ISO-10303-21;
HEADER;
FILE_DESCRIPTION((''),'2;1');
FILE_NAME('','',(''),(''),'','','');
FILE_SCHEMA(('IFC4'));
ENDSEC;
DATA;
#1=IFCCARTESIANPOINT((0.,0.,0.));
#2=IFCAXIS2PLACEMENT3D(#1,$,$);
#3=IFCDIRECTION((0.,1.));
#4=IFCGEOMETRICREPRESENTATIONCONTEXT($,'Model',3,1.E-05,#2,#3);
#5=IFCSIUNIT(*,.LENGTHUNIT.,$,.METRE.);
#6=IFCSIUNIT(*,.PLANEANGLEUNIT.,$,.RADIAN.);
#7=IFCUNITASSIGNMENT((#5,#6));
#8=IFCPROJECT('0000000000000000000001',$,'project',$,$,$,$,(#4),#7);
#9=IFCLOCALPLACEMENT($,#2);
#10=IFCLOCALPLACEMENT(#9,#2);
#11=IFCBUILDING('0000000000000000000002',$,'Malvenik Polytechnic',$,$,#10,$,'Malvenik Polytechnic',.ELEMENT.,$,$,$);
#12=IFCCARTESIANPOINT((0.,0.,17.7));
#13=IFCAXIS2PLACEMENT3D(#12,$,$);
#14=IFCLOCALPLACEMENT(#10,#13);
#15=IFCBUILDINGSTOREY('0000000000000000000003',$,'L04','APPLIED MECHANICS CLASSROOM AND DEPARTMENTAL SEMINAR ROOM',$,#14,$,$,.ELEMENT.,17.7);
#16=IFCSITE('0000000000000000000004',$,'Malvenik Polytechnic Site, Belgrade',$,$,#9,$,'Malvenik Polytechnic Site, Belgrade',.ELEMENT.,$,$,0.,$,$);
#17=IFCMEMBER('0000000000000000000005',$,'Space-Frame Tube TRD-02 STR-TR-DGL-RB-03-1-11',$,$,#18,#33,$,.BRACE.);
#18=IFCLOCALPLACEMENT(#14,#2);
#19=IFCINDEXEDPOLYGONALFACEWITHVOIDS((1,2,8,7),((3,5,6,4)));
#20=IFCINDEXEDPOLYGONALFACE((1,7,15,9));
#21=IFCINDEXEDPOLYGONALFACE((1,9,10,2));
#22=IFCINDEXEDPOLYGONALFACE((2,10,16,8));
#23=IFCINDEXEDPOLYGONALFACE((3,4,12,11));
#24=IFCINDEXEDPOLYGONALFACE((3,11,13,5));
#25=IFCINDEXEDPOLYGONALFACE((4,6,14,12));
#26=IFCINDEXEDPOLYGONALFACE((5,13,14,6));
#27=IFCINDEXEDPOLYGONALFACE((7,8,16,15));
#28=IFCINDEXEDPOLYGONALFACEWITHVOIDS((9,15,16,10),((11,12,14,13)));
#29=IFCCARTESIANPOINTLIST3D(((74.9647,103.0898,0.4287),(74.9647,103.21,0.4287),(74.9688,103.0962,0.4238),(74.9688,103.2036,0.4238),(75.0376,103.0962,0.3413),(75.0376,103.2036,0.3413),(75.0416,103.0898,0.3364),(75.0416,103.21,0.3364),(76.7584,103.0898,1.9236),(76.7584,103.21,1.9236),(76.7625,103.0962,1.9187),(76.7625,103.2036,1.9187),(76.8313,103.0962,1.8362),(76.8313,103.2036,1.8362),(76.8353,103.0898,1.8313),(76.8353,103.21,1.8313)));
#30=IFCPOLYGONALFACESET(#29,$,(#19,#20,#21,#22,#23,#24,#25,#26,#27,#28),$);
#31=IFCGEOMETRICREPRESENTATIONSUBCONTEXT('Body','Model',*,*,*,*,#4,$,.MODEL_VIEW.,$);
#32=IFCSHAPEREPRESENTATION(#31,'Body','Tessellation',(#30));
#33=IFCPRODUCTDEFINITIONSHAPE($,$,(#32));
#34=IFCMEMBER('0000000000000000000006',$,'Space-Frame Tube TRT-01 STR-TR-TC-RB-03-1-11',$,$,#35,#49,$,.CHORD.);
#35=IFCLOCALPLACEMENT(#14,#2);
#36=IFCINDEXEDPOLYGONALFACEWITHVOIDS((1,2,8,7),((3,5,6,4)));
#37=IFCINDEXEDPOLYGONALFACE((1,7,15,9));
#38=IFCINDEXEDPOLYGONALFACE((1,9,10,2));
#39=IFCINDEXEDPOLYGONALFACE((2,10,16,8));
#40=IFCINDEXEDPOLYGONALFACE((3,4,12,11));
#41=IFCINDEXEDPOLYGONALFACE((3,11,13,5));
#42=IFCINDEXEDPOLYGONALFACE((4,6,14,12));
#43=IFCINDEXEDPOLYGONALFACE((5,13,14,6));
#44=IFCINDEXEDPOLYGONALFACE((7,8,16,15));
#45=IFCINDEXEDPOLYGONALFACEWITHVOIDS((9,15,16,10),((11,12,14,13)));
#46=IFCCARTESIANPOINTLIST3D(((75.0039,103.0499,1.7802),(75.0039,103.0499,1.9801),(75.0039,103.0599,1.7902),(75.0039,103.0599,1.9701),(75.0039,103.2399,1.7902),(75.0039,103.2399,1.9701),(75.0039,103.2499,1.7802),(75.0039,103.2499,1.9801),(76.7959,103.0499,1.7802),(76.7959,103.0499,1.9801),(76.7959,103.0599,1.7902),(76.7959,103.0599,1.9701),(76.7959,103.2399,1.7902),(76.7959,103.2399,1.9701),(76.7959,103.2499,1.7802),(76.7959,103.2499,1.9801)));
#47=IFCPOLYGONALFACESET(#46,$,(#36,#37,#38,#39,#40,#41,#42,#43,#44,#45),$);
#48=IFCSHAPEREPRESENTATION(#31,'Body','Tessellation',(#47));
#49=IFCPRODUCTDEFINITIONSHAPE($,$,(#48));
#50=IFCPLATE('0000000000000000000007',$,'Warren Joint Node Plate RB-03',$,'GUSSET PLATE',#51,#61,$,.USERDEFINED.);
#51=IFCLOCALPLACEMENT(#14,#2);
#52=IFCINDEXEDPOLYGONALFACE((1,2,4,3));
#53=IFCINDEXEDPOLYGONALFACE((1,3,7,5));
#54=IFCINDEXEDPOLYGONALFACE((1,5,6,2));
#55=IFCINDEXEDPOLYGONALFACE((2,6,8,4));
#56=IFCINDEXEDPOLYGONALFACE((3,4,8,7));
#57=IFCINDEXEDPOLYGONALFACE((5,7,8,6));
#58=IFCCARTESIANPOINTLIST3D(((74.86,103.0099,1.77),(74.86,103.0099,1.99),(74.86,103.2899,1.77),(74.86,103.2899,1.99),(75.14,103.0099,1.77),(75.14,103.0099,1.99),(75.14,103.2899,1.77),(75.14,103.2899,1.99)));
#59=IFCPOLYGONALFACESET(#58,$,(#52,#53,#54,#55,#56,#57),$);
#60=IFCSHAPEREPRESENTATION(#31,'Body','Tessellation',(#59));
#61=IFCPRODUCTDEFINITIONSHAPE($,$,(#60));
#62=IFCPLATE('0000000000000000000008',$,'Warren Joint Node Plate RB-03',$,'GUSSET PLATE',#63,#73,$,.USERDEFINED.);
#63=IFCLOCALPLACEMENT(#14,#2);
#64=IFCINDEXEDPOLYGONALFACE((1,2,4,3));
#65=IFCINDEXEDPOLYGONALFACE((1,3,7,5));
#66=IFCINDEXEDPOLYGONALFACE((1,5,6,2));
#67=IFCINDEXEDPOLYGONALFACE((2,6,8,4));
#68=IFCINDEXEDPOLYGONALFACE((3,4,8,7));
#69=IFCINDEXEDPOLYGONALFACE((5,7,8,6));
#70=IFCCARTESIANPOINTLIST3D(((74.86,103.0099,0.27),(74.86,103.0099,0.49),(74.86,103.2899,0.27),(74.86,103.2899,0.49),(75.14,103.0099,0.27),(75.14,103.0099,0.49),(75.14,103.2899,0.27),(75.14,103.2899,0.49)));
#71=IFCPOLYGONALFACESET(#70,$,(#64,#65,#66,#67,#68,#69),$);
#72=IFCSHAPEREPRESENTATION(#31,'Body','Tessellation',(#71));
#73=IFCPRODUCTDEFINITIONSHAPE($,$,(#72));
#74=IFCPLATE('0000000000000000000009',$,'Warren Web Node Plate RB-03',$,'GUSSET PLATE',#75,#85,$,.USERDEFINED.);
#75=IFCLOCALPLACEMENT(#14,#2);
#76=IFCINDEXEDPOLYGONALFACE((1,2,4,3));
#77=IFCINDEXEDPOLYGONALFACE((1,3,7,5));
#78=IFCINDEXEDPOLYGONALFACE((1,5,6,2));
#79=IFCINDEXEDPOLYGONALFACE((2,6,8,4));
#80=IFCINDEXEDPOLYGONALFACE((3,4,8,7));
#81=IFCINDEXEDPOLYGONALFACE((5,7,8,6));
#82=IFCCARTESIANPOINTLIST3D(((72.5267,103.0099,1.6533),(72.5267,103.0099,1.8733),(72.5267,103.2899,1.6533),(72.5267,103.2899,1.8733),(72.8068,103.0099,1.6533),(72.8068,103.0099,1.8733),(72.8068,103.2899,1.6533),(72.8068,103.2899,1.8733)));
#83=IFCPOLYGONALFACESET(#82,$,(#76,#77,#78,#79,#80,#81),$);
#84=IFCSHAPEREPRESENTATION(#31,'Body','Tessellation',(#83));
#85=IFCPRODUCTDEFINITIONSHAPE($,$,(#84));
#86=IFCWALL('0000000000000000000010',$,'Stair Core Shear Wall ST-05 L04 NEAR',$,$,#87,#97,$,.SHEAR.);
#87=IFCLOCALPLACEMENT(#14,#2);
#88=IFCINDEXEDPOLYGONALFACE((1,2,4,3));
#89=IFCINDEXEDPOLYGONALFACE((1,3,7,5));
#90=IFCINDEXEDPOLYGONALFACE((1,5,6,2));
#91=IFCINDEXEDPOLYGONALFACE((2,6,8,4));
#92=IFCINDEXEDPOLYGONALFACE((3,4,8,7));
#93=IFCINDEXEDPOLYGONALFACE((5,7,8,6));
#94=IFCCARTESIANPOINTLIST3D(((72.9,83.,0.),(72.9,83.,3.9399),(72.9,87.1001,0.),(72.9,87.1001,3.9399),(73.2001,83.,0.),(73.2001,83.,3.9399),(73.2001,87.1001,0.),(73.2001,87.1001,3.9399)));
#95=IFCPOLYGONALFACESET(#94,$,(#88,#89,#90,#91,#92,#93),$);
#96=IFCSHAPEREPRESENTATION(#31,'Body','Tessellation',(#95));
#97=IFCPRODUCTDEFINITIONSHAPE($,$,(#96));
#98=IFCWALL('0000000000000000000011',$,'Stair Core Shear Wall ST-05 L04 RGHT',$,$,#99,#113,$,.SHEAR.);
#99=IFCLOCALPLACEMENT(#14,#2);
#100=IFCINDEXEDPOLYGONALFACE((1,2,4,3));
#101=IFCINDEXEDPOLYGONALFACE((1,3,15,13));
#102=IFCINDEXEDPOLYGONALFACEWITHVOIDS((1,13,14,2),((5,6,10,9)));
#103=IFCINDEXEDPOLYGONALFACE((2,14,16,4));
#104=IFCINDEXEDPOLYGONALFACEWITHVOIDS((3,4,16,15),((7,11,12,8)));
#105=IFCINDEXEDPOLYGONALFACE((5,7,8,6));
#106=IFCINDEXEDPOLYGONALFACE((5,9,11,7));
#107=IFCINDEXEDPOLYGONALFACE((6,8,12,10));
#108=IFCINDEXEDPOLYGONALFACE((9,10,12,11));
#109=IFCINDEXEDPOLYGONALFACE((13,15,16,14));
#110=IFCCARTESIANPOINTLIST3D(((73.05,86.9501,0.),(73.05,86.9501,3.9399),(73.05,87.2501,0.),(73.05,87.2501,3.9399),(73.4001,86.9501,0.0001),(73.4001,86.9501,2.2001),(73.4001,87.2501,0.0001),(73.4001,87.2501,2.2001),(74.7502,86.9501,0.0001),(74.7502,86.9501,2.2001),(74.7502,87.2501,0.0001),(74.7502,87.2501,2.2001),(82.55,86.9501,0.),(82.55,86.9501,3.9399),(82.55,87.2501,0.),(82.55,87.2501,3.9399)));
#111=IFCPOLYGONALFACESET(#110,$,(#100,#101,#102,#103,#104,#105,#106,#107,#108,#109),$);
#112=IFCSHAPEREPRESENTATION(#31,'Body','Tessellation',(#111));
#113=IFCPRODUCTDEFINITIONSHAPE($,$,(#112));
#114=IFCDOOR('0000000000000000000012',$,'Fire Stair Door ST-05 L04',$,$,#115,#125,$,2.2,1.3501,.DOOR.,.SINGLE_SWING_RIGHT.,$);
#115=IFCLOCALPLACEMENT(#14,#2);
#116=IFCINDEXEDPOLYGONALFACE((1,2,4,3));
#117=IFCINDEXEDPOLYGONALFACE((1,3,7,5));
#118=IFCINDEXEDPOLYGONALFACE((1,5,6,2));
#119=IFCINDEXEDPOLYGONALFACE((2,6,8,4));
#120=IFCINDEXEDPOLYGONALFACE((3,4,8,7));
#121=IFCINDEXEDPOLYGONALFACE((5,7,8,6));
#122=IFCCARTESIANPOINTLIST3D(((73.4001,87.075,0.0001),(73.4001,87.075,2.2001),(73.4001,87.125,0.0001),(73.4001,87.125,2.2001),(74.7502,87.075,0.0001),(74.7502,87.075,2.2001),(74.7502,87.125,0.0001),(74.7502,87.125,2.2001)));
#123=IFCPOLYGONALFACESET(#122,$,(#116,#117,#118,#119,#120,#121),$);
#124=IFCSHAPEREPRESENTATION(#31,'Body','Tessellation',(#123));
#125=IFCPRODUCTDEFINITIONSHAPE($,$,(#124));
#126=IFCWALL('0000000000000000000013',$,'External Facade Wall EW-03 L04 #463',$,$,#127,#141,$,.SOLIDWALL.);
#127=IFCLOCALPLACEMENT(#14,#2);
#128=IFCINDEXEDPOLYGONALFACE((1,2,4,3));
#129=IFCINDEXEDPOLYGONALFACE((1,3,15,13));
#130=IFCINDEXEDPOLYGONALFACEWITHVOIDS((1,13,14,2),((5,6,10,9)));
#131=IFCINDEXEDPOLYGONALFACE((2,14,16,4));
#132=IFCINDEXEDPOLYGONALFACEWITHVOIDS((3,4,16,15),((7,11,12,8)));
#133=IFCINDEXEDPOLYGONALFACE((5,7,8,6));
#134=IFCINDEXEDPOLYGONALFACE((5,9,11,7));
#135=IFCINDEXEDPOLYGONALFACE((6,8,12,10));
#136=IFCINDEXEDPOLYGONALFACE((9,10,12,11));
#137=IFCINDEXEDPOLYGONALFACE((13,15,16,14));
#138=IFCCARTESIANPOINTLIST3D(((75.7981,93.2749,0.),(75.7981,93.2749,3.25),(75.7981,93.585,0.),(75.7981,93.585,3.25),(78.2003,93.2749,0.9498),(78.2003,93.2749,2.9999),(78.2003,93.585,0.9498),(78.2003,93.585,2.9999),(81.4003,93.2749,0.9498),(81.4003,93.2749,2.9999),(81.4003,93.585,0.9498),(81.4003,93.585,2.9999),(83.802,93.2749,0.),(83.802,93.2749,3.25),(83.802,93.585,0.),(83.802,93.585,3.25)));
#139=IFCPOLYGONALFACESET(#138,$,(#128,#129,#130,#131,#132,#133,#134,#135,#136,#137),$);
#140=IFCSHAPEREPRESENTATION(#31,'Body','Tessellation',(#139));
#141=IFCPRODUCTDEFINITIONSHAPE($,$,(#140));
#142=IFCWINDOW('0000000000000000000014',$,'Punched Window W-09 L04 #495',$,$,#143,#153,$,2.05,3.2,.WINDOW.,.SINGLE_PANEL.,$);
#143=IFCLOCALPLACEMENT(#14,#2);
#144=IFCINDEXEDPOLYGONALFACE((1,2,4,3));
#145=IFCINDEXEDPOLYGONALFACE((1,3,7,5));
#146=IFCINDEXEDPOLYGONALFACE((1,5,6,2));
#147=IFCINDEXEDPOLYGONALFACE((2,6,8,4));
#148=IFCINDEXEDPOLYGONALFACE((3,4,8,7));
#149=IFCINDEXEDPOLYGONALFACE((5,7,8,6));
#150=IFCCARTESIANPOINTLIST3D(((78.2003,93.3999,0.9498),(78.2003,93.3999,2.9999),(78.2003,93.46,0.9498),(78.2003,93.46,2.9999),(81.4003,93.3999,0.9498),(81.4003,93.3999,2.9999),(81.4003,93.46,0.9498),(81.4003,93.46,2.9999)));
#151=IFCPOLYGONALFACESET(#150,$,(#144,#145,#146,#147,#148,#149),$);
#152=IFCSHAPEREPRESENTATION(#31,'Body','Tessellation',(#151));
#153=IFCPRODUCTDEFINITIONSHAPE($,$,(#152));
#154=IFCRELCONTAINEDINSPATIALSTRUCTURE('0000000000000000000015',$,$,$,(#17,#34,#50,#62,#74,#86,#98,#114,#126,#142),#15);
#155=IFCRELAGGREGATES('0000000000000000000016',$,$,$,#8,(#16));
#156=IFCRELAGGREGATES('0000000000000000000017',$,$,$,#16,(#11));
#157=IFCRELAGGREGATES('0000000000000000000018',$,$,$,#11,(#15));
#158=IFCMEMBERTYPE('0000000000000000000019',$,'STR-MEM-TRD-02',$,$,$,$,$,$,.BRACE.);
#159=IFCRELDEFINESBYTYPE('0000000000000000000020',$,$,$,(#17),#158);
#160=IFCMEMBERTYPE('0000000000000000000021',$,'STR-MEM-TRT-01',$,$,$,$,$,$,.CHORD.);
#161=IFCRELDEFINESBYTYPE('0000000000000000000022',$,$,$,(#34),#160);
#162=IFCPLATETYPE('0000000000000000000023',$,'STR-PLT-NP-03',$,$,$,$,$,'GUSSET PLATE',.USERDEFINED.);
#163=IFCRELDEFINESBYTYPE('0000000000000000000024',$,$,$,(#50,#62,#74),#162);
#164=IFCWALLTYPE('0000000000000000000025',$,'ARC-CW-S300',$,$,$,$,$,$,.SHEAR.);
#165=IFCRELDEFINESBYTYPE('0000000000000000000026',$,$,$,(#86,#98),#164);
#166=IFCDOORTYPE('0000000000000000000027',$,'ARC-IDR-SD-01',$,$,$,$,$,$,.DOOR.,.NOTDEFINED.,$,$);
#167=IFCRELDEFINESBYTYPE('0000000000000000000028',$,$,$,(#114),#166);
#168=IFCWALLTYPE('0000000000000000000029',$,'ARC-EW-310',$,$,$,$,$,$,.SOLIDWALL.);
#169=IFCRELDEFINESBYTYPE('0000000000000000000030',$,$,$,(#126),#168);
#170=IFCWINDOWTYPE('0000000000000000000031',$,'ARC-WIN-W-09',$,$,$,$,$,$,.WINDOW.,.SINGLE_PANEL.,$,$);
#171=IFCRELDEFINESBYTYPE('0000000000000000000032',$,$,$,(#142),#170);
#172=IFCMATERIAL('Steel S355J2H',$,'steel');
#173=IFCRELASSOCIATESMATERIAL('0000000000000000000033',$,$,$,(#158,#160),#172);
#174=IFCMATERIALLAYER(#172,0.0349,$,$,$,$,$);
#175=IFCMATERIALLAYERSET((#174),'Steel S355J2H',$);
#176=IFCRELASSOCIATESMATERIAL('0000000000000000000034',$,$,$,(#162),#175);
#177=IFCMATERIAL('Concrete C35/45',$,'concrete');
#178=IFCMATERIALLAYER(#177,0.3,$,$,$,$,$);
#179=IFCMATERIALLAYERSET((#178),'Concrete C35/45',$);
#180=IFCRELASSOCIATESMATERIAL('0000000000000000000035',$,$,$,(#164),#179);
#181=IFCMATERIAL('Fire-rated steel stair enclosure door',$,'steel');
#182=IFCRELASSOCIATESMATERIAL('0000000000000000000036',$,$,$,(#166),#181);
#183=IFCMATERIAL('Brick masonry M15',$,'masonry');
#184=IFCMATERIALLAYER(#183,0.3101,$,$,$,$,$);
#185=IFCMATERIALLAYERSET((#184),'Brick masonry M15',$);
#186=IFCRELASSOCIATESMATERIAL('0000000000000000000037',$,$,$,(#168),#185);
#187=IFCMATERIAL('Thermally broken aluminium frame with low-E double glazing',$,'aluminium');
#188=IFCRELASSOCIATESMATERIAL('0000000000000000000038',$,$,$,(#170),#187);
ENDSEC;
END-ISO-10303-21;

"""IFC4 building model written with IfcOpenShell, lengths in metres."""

from ifc_helpers import new_model, si_unit, direction, frame, frame_2d, origin, origin_2d, place, context, subcontext, project, spatial, rectangle, hollow_rectangle, extrude, material, layer, layer_set, material_profile, profile_set, type_object, element, fill, save


model = new_model("IFC4")

# Units and contexts
model_context = context("Model", 3, precision=1e-05, world=origin(), true_north=direction((0.0, 1.0)))
body_context = subcontext(model_context, "Body", "Model", "MODEL_VIEW")
ifc_project = project(units=[si_unit("LENGTHUNIT", "METRE"), si_unit("PLANEANGLEUNIT", "RADIAN")], contexts=[model_context])

# Site, building, storey
site_placement = place(None, origin())
site = spatial("IfcSite", under=ifc_project, at=site_placement, Name="Malvenik Polytechnic Site, Belgrade", LongName="Malvenik Polytechnic Site, Belgrade", CompositionType="ELEMENT", RefElevation=0.0)
building_placement = place(site_placement, origin())
building = spatial("IfcBuilding", under=site, at=building_placement, Name="Malvenik Polytechnic", LongName="Malvenik Polytechnic", CompositionType="ELEMENT")
storey_placement = place(building_placement, frame((0.0, 0.0, 17.7)))
storey = spatial("IfcBuildingStorey", under=building, at=storey_placement, Name="L04", Description="APPLIED MECHANICS CLASSROOM AND DEPARTMENTAL SEMINAR ROOM", CompositionType="ELEMENT", Elevation=17.7)

# Shared definitions
ifc_material_1 = material(Name="Steel S355J2H", Category="steel")

# Members
ifc_material_profile_1 = material_profile(ifc_material_1, hollow_rectangle(XDim=0.1201, YDim=0.1201, WallThickness=0.0063, at=origin_2d()), Name="SHS 120x120x6.3")
ifc_profile_set_1 = profile_set([ifc_material_profile_1], Name="Steel S355J2H")
member_type_1 = type_object("IfcMemberType", Name="STR-MEM-TRD-02", PredefinedType="BRACE", material=ifc_profile_set_1)
member_1_placement = place(storey_placement, frame((75.0032, 103.1499, 0.3826), z_axis=(0.768196, 0.0, 0.640215), x_axis=(0.0, 1.0, 0.0)))
element("IfcMember", 1, at=member_1_placement, inside=storey, type_object=member_type_1, Name="Space-Frame Tube TRD-02 STR-TR-DGL-RB-03-1-11", PredefinedType="BRACE", context=body_context, shape_type="SweptSolid", body=[
    extrude(hollow_rectangle(XDim=0.1201, YDim=0.1201, WallThickness=0.0063, at=origin_2d()), origin(), (0.0, 0.0, 1.0), 2.335),
])
ifc_material_profile_2 = material_profile(ifc_material_1, hollow_rectangle(XDim=0.2, YDim=0.2, WallThickness=0.01, at=origin_2d()), Name="SHS 200x200x10.0")
ifc_profile_set_2 = profile_set([ifc_material_profile_2], Name="Steel S355J2H")
member_type_2 = type_object("IfcMemberType", Name="STR-MEM-TRT-01", PredefinedType="CHORD", material=ifc_profile_set_2)
member_2_placement = place(storey_placement, frame((75.0039, 103.1499, 1.8801), z_axis=(1.0, 0.0, 0.0), x_axis=(0.0, 1.0, 0.0)))
element("IfcMember", 2, at=member_2_placement, inside=storey, type_object=member_type_2, Name="Space-Frame Tube TRT-01 STR-TR-TC-RB-03-1-11", PredefinedType="CHORD", context=body_context, shape_type="SweptSolid", body=[
    extrude(hollow_rectangle(XDim=0.2, YDim=0.2, WallThickness=0.01, at=origin_2d()), origin(), (0.0, 0.0, 1.0), 1.792),
])

# Plates
ifc_layer_1 = layer(ifc_material_1, 0.0349)
ifc_layer_set_1 = layer_set([ifc_layer_1], Name="Steel S355J2H")
plate_type = type_object("IfcPlateType", Name="STR-PLT-NP-03", ElementType="GUSSET PLATE", PredefinedType="USERDEFINED", material=ifc_layer_set_1)
for number, where, z_axis, x_axis, name in (
    (3, (75.0, 103.1499, 1.77), (0.0, 0.0, 1.0), (1.0, 0.0, 0.0), "Warren Joint Node Plate RB-03"),
    (4, (75.0, 103.1499, 0.27), (0.0, 0.0, 1.0), (1.0, 0.0, 0.0), "Warren Joint Node Plate RB-03"),
    (5, (72.6667, 103.1499, 1.6533), (0.0, 0.0, 1.0), (1.0, 0.0, 0.0), "Warren Web Node Plate RB-03"),
):
    element("IfcPlate", number, at=place(storey_placement, frame(where, z_axis=z_axis, x_axis=x_axis)), inside=storey, type_object=plate_type, Name=name, ObjectType="GUSSET PLATE", PredefinedType="USERDEFINED", context=body_context, shape_type="SweptSolid", body=[
        extrude(rectangle(XDim=0.28, YDim=0.28, at=origin_2d()), origin(), (0.0, 0.0, 1.0), 0.22),
    ])

# Wall
ifc_material_2 = material(Name="Concrete C35/45", Category="concrete")
ifc_layer_2 = layer(ifc_material_2, 0.3)
ifc_layer_set_2 = layer_set([ifc_layer_2], Name="Concrete C35/45")
wall_type_1 = type_object("IfcWallType", Name="ARC-CW-S300", PredefinedType="SHEAR", material=ifc_layer_set_2)
wall_1_placement = place(storey_placement, frame((73.05, 83.0, 0.0), z_axis=(0.0, 0.0, 1.0), x_axis=(0.0, 1.0, 0.0)))
element("IfcWall", 6, at=wall_1_placement, inside=storey, type_object=wall_type_1, Name="Stair Core Shear Wall ST-05 L04 NEAR", PredefinedType="SHEAR", context=body_context, shape_type="SweptSolid", body=[
    extrude(rectangle(XDim=4.1001, YDim=0.3, at=frame_2d((2.05, 0.0))), origin(), (0.0, 0.0, 1.0), 3.9399),
])

# Wall, opening, door
wall_2_placement = place(storey_placement, frame((73.05, 87.1001, 0.0), z_axis=(0.0, 0.0, 1.0), x_axis=(1.0, 0.0, 0.0)))
wall_2 = element("IfcWall", 7, at=wall_2_placement, inside=storey, type_object=wall_type_1, Name="Stair Core Shear Wall ST-05 L04 RGHT", PredefinedType="SHEAR", context=body_context, shape_type="SweptSolid", body=[
    extrude(rectangle(XDim=9.5, YDim=0.3, at=frame_2d((4.75, 0.0))), origin(), (0.0, 0.0, 1.0), 3.9399),
])
opening_1_placement = place(wall_2_placement, frame((0.3501, 0.0, 0.0)))
opening_1 = element("IfcOpeningElement", 8, at=opening_1_placement, cuts=wall_2, PredefinedType="OPENING", context=body_context, shape_type="SweptSolid", body=[
    extrude(rectangle(XDim=1.3501, YDim=2.2, at=frame_2d((0.675, 1.1001))), frame((0.0, 0.1602, 0.0), z_axis=(0.0, -1.0, 0.0), x_axis=(1.0, 0.0, 0.0)), (0.0, 0.0, 1.0), 0.3201),
])
ifc_material_3 = material(Name="Fire-rated steel stair enclosure door", Category="steel")
door_type_1 = type_object("IfcDoorType", Name="ARC-IDR-SD-01", OperationType="NOTDEFINED", PredefinedType="DOOR", material=ifc_material_3)
door_1_placement = place(opening_1_placement, origin())
door_1 = element("IfcDoor", 9, at=door_1_placement, inside=storey, type_object=door_type_1, Name="Fire Stair Door ST-05 L04", OperationType="SINGLE_SWING_RIGHT", OverallHeight=2.2, OverallWidth=1.3501, PredefinedType="DOOR", context=body_context, shape_type="SweptSolid", body=[
    extrude(rectangle(XDim=1.3501, YDim=2.2, at=frame_2d((0.675, 1.1001))), frame((0.0, 0.0249, 0.0), z_axis=(0.0, -1.0, 0.0), x_axis=(1.0, 0.0, 0.0)), (0.0, 0.0, 1.0), 0.05),
])
fill(opening_1, door_1)

# Wall, opening, window
ifc_material_4 = material(Name="Brick masonry M15", Category="masonry")
ifc_layer_3 = layer(ifc_material_4, 0.3101)
ifc_layer_set_3 = layer_set([ifc_layer_3], Name="Brick masonry M15")
wall_type_2 = type_object("IfcWallType", Name="ARC-EW-310", PredefinedType="SOLIDWALL", material=ifc_layer_set_3)
wall_3_placement = place(storey_placement, frame((75.7981, 93.4299, 0.0), z_axis=(0.0, 0.0, 1.0), x_axis=(1.0, 0.0, 0.0)))
wall_3 = element("IfcWall", 10, at=wall_3_placement, inside=storey, type_object=wall_type_2, Name="External Facade Wall EW-03 L04 #463", PredefinedType="SOLIDWALL", context=body_context, shape_type="SweptSolid", body=[
    extrude(rectangle(XDim=8.0039, YDim=0.3101, at=frame_2d((4.002, 0.0))), origin(), (0.0, 0.0, 1.0), 3.25),
])
opening_2_placement = place(wall_3_placement, frame((2.4021, 0.0, 0.95)))
opening_2 = element("IfcOpeningElement", 11, at=opening_2_placement, cuts=wall_3, PredefinedType="OPENING", context=body_context, shape_type="SweptSolid", body=[
    extrude(rectangle(XDim=3.2, YDim=2.05, at=frame_2d((1.6001, 1.0249))), frame((0.0, 0.165, 0.0), z_axis=(0.0, -1.0, 0.0), x_axis=(1.0, 0.0, 0.0)), (0.0, 0.0, 1.0), 0.3301),
])
ifc_material_5 = material(Name="Thermally broken aluminium frame with low-E double glazing", Category="aluminium")
window_type = type_object("IfcWindowType", Name="ARC-WIN-W-09", PartitioningType="SINGLE_PANEL", PredefinedType="WINDOW", material=ifc_material_5)
window_placement = place(opening_2_placement, origin())
window = element("IfcWindow", 12, at=window_placement, inside=storey, type_object=window_type, Name="Punched Window W-09 L04 #495", OverallHeight=2.05, OverallWidth=3.2, PartitioningType="SINGLE_PANEL", PredefinedType="WINDOW", context=body_context, shape_type="SweptSolid", body=[
    extrude(rectangle(XDim=3.2, YDim=2.05, at=frame_2d((1.6001, 1.0249))), frame((0.0, 0.03, 0.0), z_axis=(0.0, -1.0, 0.0), x_axis=(1.0, 0.0, 0.0)), (0.0, 0.0, 1.0), 0.0601),
])
fill(opening_2, window)

save(model, "model.ifc")
